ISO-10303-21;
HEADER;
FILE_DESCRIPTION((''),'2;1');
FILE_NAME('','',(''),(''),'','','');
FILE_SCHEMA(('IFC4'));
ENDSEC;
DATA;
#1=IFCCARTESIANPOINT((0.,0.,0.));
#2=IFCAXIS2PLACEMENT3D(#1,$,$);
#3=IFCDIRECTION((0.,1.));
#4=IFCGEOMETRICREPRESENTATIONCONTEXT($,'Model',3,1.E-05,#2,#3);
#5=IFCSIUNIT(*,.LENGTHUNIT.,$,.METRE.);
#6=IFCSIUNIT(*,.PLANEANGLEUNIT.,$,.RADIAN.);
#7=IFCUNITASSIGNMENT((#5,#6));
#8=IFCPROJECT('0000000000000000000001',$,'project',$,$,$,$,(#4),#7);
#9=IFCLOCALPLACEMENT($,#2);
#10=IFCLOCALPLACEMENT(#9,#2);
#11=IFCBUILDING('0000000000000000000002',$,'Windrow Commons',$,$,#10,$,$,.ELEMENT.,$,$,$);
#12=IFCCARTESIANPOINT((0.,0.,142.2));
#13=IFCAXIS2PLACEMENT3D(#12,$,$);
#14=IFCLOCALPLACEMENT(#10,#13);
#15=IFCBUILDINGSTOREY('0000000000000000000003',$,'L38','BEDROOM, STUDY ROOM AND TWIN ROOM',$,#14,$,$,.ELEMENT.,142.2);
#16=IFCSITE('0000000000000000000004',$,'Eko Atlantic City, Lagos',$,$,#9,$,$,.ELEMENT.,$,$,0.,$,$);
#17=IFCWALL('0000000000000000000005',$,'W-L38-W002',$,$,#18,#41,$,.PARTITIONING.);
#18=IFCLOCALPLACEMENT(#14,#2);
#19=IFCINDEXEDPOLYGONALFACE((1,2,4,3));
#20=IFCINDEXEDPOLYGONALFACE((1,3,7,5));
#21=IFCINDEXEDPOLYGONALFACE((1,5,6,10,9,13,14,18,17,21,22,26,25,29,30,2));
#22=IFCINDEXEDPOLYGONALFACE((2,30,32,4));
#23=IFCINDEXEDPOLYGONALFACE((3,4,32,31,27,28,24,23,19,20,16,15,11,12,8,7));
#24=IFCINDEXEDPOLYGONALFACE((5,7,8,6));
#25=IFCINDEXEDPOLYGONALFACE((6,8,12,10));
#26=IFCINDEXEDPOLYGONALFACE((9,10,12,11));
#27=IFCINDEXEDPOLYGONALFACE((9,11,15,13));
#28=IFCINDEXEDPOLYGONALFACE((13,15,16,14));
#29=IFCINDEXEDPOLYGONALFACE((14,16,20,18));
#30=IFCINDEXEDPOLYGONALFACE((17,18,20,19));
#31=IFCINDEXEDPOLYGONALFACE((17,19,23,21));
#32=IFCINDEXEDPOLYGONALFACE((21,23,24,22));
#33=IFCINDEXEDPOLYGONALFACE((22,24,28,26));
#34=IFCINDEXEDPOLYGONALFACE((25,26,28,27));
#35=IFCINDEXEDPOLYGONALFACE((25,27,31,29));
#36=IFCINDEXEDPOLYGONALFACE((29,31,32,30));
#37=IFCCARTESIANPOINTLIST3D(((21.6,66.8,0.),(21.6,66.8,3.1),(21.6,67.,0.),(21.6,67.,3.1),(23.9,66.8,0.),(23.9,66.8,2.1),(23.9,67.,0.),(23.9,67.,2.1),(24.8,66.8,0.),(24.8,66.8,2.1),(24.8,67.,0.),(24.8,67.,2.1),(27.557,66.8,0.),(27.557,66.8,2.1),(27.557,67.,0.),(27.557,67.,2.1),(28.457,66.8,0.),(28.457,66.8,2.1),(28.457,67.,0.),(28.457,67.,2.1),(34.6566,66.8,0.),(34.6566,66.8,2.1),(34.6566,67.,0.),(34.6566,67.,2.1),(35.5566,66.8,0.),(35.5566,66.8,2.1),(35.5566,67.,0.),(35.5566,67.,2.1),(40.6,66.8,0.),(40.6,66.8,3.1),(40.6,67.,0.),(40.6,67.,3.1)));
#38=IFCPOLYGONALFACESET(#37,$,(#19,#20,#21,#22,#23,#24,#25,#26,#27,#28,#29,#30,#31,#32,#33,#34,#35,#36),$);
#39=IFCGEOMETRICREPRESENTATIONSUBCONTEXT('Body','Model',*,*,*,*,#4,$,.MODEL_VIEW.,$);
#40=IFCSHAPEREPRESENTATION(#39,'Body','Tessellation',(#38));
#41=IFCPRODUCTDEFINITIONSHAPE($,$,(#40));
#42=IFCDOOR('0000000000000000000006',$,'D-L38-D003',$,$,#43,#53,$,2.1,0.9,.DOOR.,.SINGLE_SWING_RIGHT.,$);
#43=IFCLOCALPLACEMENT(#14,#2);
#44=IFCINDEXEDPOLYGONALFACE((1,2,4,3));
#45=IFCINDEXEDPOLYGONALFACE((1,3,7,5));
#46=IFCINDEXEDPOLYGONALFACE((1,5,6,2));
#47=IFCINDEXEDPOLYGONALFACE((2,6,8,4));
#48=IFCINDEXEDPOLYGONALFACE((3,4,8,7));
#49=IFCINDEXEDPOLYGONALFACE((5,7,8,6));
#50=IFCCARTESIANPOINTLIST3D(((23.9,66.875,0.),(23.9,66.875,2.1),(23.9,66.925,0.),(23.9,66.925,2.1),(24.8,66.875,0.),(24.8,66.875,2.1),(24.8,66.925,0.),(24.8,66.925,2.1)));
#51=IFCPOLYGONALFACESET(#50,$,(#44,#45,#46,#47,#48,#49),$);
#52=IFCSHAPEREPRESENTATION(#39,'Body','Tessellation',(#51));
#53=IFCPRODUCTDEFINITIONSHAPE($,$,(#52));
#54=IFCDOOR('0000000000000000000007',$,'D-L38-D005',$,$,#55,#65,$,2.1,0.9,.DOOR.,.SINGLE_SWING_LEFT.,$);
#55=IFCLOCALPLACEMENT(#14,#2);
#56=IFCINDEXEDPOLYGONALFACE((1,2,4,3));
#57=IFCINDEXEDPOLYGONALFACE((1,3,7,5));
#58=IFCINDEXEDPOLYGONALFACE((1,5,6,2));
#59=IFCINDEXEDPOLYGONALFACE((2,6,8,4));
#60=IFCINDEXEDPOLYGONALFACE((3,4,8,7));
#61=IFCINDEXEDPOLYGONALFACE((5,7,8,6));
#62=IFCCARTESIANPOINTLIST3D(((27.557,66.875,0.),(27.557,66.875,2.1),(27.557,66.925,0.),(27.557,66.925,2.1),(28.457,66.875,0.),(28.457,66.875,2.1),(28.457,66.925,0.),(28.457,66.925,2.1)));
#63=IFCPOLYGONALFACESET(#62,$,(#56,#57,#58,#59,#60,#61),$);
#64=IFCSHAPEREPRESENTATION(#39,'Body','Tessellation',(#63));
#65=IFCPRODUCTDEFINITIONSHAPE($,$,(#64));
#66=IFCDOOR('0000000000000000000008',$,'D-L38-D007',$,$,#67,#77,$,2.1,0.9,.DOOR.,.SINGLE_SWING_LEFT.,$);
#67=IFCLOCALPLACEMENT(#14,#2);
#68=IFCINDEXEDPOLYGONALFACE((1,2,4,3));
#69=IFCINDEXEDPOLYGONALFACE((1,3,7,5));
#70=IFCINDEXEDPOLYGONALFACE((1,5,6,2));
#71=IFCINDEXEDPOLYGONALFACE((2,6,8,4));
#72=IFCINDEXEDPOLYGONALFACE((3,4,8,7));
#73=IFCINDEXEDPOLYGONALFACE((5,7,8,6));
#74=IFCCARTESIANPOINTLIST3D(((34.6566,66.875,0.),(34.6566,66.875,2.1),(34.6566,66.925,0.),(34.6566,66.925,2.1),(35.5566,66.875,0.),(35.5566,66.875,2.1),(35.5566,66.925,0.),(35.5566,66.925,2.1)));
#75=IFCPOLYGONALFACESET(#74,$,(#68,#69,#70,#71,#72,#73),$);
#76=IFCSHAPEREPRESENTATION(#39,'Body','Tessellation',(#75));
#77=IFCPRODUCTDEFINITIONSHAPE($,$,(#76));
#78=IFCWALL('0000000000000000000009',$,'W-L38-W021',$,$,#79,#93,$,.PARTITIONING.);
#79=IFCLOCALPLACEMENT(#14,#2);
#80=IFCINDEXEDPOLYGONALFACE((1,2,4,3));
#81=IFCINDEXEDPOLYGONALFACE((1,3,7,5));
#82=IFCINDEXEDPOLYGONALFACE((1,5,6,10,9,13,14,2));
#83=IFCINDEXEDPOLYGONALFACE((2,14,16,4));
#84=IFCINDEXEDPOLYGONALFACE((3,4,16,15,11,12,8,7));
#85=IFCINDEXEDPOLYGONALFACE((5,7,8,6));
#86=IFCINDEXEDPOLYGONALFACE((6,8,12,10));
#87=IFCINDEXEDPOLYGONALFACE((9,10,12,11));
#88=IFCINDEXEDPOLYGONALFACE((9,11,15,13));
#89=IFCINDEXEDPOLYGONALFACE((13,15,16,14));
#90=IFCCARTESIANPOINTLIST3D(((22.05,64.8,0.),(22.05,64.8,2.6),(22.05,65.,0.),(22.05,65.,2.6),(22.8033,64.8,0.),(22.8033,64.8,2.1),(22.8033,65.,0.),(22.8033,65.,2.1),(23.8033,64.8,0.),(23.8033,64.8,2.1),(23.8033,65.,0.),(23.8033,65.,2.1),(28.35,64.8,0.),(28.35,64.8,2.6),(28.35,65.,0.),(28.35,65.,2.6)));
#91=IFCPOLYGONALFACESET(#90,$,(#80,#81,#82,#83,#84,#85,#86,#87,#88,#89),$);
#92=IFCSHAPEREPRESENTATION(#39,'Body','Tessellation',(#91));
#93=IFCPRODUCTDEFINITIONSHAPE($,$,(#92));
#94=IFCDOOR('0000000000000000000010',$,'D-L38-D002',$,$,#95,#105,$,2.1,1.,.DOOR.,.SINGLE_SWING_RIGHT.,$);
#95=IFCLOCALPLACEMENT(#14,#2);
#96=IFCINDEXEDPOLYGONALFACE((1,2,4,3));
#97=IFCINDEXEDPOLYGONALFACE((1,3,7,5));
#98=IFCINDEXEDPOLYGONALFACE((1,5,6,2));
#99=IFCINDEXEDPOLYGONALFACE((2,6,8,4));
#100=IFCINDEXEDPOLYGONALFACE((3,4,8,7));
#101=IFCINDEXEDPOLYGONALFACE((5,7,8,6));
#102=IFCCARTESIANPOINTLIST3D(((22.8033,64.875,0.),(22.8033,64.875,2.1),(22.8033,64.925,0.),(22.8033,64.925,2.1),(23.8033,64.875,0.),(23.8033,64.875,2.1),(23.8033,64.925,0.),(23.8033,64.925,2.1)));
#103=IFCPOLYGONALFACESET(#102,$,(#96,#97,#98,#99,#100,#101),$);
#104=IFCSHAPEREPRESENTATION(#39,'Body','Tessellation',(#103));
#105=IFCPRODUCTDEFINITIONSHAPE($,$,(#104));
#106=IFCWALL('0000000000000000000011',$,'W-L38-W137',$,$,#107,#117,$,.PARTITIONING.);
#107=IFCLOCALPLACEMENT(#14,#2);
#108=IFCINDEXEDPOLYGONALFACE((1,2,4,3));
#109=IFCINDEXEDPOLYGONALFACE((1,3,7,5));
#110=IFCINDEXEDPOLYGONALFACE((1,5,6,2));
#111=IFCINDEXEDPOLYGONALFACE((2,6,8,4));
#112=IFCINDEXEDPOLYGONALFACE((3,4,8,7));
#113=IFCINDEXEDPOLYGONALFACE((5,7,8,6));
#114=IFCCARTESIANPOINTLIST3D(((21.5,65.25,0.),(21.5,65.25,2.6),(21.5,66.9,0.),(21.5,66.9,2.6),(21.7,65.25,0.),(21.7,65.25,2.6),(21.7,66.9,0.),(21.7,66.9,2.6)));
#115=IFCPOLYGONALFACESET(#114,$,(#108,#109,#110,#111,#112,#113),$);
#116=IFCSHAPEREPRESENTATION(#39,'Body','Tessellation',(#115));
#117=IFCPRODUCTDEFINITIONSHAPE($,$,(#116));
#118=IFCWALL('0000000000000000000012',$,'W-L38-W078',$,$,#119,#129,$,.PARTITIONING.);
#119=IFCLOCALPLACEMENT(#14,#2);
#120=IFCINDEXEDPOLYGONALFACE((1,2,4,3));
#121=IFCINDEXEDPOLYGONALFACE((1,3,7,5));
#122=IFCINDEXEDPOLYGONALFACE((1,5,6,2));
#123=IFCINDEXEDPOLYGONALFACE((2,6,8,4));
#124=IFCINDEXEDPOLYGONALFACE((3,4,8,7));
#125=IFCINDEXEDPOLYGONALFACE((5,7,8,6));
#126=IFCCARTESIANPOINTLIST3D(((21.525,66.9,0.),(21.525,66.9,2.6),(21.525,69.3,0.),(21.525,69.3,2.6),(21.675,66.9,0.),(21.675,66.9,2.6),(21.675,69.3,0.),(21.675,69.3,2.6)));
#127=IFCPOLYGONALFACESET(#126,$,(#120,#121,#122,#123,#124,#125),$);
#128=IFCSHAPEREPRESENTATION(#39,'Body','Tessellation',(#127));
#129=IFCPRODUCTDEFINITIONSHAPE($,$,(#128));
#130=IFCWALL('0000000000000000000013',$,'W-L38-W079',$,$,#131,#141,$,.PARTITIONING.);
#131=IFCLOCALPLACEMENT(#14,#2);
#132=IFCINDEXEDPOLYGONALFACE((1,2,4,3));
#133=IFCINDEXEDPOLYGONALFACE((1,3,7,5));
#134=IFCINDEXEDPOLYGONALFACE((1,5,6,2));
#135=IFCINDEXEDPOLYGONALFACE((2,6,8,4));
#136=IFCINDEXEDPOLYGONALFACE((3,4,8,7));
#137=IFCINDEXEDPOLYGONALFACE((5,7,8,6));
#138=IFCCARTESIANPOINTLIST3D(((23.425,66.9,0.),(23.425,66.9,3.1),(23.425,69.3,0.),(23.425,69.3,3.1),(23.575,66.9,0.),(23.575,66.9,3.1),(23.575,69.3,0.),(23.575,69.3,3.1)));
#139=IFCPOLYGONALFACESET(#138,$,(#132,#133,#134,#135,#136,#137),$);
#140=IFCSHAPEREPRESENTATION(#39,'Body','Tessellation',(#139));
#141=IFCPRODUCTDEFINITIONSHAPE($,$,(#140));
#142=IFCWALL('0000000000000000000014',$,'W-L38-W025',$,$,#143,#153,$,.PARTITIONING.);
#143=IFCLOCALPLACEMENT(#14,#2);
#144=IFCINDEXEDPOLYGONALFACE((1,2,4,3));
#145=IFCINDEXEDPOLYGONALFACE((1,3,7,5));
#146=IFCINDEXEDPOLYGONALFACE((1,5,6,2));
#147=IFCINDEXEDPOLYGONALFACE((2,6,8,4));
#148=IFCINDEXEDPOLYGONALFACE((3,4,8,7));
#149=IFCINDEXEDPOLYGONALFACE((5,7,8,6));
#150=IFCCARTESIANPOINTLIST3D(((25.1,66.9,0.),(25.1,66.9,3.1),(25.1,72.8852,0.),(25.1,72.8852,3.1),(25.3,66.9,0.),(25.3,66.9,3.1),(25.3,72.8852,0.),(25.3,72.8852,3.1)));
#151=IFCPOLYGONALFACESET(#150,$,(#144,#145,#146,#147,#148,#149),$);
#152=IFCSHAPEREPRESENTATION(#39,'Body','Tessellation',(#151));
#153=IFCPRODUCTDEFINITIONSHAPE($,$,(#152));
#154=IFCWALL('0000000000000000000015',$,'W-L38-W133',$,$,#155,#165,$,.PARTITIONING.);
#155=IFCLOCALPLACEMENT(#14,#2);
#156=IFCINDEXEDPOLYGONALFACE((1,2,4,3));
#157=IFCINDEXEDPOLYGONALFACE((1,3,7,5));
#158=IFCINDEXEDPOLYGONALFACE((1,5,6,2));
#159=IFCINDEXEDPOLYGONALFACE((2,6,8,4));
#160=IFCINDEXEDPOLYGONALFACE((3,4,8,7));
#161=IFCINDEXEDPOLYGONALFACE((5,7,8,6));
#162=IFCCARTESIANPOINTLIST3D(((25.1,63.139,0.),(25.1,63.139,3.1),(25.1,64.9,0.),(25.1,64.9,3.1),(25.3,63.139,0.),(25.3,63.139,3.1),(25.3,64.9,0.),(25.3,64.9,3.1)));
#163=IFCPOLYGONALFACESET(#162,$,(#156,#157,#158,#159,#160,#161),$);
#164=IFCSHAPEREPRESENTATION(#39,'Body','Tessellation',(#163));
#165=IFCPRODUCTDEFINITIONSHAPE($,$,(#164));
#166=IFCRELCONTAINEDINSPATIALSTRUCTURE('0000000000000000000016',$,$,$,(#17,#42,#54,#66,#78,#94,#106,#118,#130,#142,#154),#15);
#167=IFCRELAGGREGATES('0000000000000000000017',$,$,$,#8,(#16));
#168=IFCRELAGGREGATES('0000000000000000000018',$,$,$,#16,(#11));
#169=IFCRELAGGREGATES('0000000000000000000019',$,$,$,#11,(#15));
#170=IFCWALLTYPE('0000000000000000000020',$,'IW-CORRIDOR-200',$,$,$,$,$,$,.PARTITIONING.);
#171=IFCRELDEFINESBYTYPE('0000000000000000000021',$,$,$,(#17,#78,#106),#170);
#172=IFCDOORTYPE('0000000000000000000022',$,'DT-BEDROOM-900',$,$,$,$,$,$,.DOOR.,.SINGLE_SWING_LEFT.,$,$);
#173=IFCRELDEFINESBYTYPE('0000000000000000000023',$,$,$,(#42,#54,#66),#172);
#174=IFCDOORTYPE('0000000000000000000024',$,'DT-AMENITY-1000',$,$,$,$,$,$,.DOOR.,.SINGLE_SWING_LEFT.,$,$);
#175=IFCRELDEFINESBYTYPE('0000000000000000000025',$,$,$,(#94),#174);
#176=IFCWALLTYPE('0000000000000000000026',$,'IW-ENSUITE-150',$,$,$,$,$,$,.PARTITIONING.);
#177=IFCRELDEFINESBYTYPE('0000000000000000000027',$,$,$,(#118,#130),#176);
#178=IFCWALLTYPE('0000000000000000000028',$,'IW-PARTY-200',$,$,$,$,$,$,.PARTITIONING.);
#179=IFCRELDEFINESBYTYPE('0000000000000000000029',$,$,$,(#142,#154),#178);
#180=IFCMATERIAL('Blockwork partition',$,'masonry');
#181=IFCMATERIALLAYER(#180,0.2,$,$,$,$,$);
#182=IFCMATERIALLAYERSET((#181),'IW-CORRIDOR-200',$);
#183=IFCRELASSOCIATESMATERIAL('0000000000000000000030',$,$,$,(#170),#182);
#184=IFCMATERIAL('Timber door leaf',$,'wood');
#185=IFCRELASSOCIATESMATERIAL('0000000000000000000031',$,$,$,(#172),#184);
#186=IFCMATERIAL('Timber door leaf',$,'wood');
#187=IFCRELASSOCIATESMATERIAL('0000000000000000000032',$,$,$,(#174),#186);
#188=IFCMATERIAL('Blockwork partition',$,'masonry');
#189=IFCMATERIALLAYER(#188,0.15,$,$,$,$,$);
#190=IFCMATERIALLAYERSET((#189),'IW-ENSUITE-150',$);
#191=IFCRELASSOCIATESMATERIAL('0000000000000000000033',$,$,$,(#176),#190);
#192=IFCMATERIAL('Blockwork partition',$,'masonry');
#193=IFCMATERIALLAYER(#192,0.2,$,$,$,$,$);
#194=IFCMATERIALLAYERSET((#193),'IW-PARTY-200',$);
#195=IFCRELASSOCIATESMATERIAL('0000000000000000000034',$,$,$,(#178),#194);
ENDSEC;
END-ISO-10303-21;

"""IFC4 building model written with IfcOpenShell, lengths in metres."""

from ifc_helpers import new_model, si_unit, direction, frame, frame_2d, origin, place, context, subcontext, project, spatial, rectangle, extrude, material, layer, layer_set, type_object, element, fill, save


model = new_model("IFC4")

# Units and contexts
model_context = context("Model", 3, precision=1e-05, world=origin(), true_north=direction((0.0, 1.0)))
body_context = subcontext(model_context, "Body", "Model", "MODEL_VIEW")
ifc_project = project(units=[si_unit("LENGTHUNIT", "METRE"), si_unit("PLANEANGLEUNIT", "RADIAN")], contexts=[model_context])

# Site, building, storey
site_placement = place(None, origin())
site = spatial("IfcSite", under=ifc_project, at=site_placement, Name="Eko Atlantic City, Lagos", CompositionType="ELEMENT", RefElevation=0.0)
building_placement = place(site_placement, origin())
building = spatial("IfcBuilding", under=site, at=building_placement, Name="Windrow Commons", CompositionType="ELEMENT")
storey_placement = place(building_placement, frame((0.0, 0.0, 142.2)))
storey = spatial("IfcBuildingStorey", under=building, at=storey_placement, Name="L38", Description="BEDROOM, STUDY ROOM AND TWIN ROOM", CompositionType="ELEMENT", Elevation=142.2)

# Wall, openings, doors
ifc_material_1 = material(Name="Blockwork partition", Category="masonry")
ifc_layer_1 = layer(ifc_material_1, 0.2)
ifc_layer_set_1 = layer_set([ifc_layer_1], Name="IW-CORRIDOR-200")
wall_type_1 = type_object("IfcWallType", Name="IW-CORRIDOR-200", PredefinedType="PARTITIONING", material=ifc_layer_set_1)
wall_1_placement = place(storey_placement, frame((21.6, 66.9, 0.0), z_axis=(0.0, 0.0, 1.0), x_axis=(1.0, 0.0, 0.0)))
wall_1 = element("IfcWall", 1, at=wall_1_placement, inside=storey, type_object=wall_type_1, Name="W-L38-W002", PredefinedType="PARTITIONING", context=body_context, shape_type="SweptSolid", body=[
    extrude(rectangle(XDim=19.0, YDim=0.2, at=frame_2d((9.5, 0.0))), origin(), (0.0, 0.0, 1.0), 3.1),
])
opening_1_placement = place(wall_1_placement, frame((2.3, 0.0, 0.0)))
opening_1 = element("IfcOpeningElement", 2, at=opening_1_placement, cuts=wall_1, PredefinedType="OPENING", context=body_context, shape_type="SweptSolid", body=[
    extrude(rectangle(XDim=0.9, YDim=2.1, at=frame_2d((0.45, 1.05))), frame((0.0, 0.11, 0.0), z_axis=(0.0, -1.0, 0.0), x_axis=(1.0, 0.0, 0.0)), (0.0, 0.0, 1.0), 0.22),
])
opening_2_placement = place(wall_1_placement, frame((5.957, 0.0, 0.0)))
opening_2 = element("IfcOpeningElement", 3, at=opening_2_placement, cuts=wall_1, PredefinedType="OPENING", context=body_context, shape_type="SweptSolid", body=[
    extrude(rectangle(XDim=0.9, YDim=2.1, at=frame_2d((0.45, 1.05))), frame((0.0, 0.11, 0.0), z_axis=(0.0, -1.0, 0.0), x_axis=(1.0, 0.0, 0.0)), (0.0, 0.0, 1.0), 0.22),
])
opening_3_placement = place(wall_1_placement, frame((13.0566, 0.0, 0.0)))
opening_3 = element("IfcOpeningElement", 4, at=opening_3_placement, cuts=wall_1, PredefinedType="OPENING", context=body_context, shape_type="SweptSolid", body=[
    extrude(rectangle(XDim=0.9, YDim=2.1, at=frame_2d((0.45, 1.05))), frame((0.0, 0.11, 0.0), z_axis=(0.0, -1.0, 0.0), x_axis=(1.0, 0.0, 0.0)), (0.0, 0.0, 1.0), 0.22),
])
ifc_material_2 = material(Name="Timber door leaf", Category="wood")
door_type_1 = type_object("IfcDoorType", Name="DT-BEDROOM-900", OperationType="SINGLE_SWING_LEFT", PredefinedType="DOOR", material=ifc_material_2)
door_1_placement = place(opening_1_placement, origin())
door_1 = element("IfcDoor", 5, at=door_1_placement, inside=storey, type_object=door_type_1, Name="D-L38-D003", OperationType="SINGLE_SWING_RIGHT", OverallHeight=2.1, OverallWidth=0.9, PredefinedType="DOOR", context=body_context, shape_type="SweptSolid", body=[
    extrude(rectangle(XDim=0.9, YDim=2.1, at=frame_2d((0.45, 1.05))), frame((0.0, 0.025, 0.0), z_axis=(0.0, -1.0, 0.0), x_axis=(1.0, 0.0, 0.0)), (0.0, 0.0, 1.0), 0.05),
])
fill(opening_1, door_1)
door_2_placement = place(opening_2_placement, origin())
door_2 = element("IfcDoor", 6, at=door_2_placement, inside=storey, type_object=door_type_1, Name="D-L38-D005", OperationType="SINGLE_SWING_LEFT", OverallHeight=2.1, OverallWidth=0.9, PredefinedType="DOOR", context=body_context, shape_type="SweptSolid", body=[
    extrude(rectangle(XDim=0.9, YDim=2.1, at=frame_2d((0.45, 1.05))), frame((0.0, 0.025, 0.0), z_axis=(0.0, -1.0, 0.0), x_axis=(1.0, 0.0, 0.0)), (0.0, 0.0, 1.0), 0.05),
])
fill(opening_2, door_2)
door_3_placement = place(opening_3_placement, origin())
door_3 = element("IfcDoor", 7, at=door_3_placement, inside=storey, type_object=door_type_1, Name="D-L38-D007", OperationType="SINGLE_SWING_LEFT", OverallHeight=2.1, OverallWidth=0.9, PredefinedType="DOOR", context=body_context, shape_type="SweptSolid", body=[
    extrude(rectangle(XDim=0.9, YDim=2.1, at=frame_2d((0.45, 1.05))), frame((0.0, 0.025, 0.0), z_axis=(0.0, -1.0, 0.0), x_axis=(1.0, 0.0, 0.0)), (0.0, 0.0, 1.0), 0.05),
])
fill(opening_3, door_3)

# Wall, opening, door
wall_2_placement = place(storey_placement, frame((22.05, 64.9, 0.0), z_axis=(0.0, 0.0, 1.0), x_axis=(1.0, 0.0, 0.0)))
wall_2 = element("IfcWall", 8, at=wall_2_placement, inside=storey, type_object=wall_type_1, Name="W-L38-W021", PredefinedType="PARTITIONING", context=body_context, shape_type="SweptSolid", body=[
    extrude(rectangle(XDim=6.3, YDim=0.2, at=frame_2d((3.15, 0.0))), origin(), (0.0, 0.0, 1.0), 2.6),
])
opening_4_placement = place(wall_2_placement, frame((0.7533, 0.0, 0.0)))
opening_4 = element("IfcOpeningElement", 9, at=opening_4_placement, cuts=wall_2, PredefinedType="OPENING", context=body_context, shape_type="SweptSolid", body=[
    extrude(rectangle(XDim=1.0, YDim=2.1, at=frame_2d((0.5, 1.05))), frame((0.0, 0.11, 0.0), z_axis=(0.0, -1.0, 0.0), x_axis=(1.0, 0.0, 0.0)), (0.0, 0.0, 1.0), 0.22),
])
ifc_material_3 = material(Name="Timber door leaf", Category="wood")
door_type_2 = type_object("IfcDoorType", Name="DT-AMENITY-1000", OperationType="SINGLE_SWING_LEFT", PredefinedType="DOOR", material=ifc_material_3)
door_4_placement = place(opening_4_placement, origin())
door_4 = element("IfcDoor", 10, at=door_4_placement, inside=storey, type_object=door_type_2, Name="D-L38-D002", OperationType="SINGLE_SWING_RIGHT", OverallHeight=2.1, OverallWidth=1.0, PredefinedType="DOOR", context=body_context, shape_type="SweptSolid", body=[
    extrude(rectangle(XDim=1.0, YDim=2.1, at=frame_2d((0.5, 1.05))), frame((0.0, 0.025, 0.0), z_axis=(0.0, -1.0, 0.0), x_axis=(1.0, 0.0, 0.0)), (0.0, 0.0, 1.0), 0.05),
])
fill(opening_4, door_4)

# Walls
wall_3_placement = place(storey_placement, frame((21.6, 65.25, 0.0), z_axis=(0.0, 0.0, 1.0), x_axis=(0.0, 1.0, 0.0)))
element("IfcWall", 11, at=wall_3_placement, inside=storey, type_object=wall_type_1, Name="W-L38-W137", PredefinedType="PARTITIONING", context=body_context, shape_type="SweptSolid", body=[
    extrude(rectangle(XDim=1.65, YDim=0.2, at=frame_2d((0.825, 0.0))), origin(), (0.0, 0.0, 1.0), 2.6),
])
ifc_material_4 = material(Name="Blockwork partition", Category="masonry")
ifc_layer_2 = layer(ifc_material_4, 0.15)
ifc_layer_set_2 = layer_set([ifc_layer_2], Name="IW-ENSUITE-150")
wall_type_2 = type_object("IfcWallType", Name="IW-ENSUITE-150", PredefinedType="PARTITIONING", material=ifc_layer_set_2)
wall_4_placement = place(storey_placement, frame((21.6, 66.9, 0.0), z_axis=(0.0, 0.0, 1.0), x_axis=(0.0, 1.0, 0.0)))
element("IfcWall", 12, at=wall_4_placement, inside=storey, type_object=wall_type_2, Name="W-L38-W078", PredefinedType="PARTITIONING", context=body_context, shape_type="SweptSolid", body=[
    extrude(rectangle(XDim=2.4, YDim=0.15, at=frame_2d((1.2, 0.0))), origin(), (0.0, 0.0, 1.0), 2.6),
])
wall_5_placement = place(storey_placement, frame((23.5, 66.9, 0.0), z_axis=(0.0, 0.0, 1.0), x_axis=(0.0, 1.0, 0.0)))
element("IfcWall", 13, at=wall_5_placement, inside=storey, type_object=wall_type_2, Name="W-L38-W079", PredefinedType="PARTITIONING", context=body_context, shape_type="SweptSolid", body=[
    extrude(rectangle(XDim=2.4, YDim=0.15, at=frame_2d((1.2, 0.0))), origin(), (0.0, 0.0, 1.0), 3.1),
])
ifc_material_5 = material(Name="Blockwork partition", Category="masonry")
ifc_layer_3 = layer(ifc_material_5, 0.2)
ifc_layer_set_3 = layer_set([ifc_layer_3], Name="IW-PARTY-200")
wall_type_3 = type_object("IfcWallType", Name="IW-PARTY-200", PredefinedType="PARTITIONING", material=ifc_layer_set_3)
wall_6_placement = place(storey_placement, frame((25.2, 66.9, 0.0), z_axis=(0.0, 0.0, 1.0), x_axis=(0.0, 1.0, 0.0)))
element("IfcWall", 14, at=wall_6_placement, inside=storey, type_object=wall_type_3, Name="W-L38-W025", PredefinedType="PARTITIONING", context=body_context, shape_type="SweptSolid", body=[
    extrude(rectangle(XDim=5.9853, YDim=0.2, at=frame_2d((2.9926, 0.0))), origin(), (0.0, 0.0, 1.0), 3.1),
])
wall_7_placement = place(storey_placement, frame((25.2, 63.139, 0.0), z_axis=(0.0, 0.0, 1.0), x_axis=(0.0, 1.0, 0.0)))
element("IfcWall", 15, at=wall_7_placement, inside=storey, type_object=wall_type_3, Name="W-L38-W133", PredefinedType="PARTITIONING", context=body_context, shape_type="SweptSolid", body=[
    extrude(rectangle(XDim=1.761, YDim=0.2, at=frame_2d((0.8805, 0.0))), origin(), (0.0, 0.0, 1.0), 3.1),
])

save(model, "model.ifc")
